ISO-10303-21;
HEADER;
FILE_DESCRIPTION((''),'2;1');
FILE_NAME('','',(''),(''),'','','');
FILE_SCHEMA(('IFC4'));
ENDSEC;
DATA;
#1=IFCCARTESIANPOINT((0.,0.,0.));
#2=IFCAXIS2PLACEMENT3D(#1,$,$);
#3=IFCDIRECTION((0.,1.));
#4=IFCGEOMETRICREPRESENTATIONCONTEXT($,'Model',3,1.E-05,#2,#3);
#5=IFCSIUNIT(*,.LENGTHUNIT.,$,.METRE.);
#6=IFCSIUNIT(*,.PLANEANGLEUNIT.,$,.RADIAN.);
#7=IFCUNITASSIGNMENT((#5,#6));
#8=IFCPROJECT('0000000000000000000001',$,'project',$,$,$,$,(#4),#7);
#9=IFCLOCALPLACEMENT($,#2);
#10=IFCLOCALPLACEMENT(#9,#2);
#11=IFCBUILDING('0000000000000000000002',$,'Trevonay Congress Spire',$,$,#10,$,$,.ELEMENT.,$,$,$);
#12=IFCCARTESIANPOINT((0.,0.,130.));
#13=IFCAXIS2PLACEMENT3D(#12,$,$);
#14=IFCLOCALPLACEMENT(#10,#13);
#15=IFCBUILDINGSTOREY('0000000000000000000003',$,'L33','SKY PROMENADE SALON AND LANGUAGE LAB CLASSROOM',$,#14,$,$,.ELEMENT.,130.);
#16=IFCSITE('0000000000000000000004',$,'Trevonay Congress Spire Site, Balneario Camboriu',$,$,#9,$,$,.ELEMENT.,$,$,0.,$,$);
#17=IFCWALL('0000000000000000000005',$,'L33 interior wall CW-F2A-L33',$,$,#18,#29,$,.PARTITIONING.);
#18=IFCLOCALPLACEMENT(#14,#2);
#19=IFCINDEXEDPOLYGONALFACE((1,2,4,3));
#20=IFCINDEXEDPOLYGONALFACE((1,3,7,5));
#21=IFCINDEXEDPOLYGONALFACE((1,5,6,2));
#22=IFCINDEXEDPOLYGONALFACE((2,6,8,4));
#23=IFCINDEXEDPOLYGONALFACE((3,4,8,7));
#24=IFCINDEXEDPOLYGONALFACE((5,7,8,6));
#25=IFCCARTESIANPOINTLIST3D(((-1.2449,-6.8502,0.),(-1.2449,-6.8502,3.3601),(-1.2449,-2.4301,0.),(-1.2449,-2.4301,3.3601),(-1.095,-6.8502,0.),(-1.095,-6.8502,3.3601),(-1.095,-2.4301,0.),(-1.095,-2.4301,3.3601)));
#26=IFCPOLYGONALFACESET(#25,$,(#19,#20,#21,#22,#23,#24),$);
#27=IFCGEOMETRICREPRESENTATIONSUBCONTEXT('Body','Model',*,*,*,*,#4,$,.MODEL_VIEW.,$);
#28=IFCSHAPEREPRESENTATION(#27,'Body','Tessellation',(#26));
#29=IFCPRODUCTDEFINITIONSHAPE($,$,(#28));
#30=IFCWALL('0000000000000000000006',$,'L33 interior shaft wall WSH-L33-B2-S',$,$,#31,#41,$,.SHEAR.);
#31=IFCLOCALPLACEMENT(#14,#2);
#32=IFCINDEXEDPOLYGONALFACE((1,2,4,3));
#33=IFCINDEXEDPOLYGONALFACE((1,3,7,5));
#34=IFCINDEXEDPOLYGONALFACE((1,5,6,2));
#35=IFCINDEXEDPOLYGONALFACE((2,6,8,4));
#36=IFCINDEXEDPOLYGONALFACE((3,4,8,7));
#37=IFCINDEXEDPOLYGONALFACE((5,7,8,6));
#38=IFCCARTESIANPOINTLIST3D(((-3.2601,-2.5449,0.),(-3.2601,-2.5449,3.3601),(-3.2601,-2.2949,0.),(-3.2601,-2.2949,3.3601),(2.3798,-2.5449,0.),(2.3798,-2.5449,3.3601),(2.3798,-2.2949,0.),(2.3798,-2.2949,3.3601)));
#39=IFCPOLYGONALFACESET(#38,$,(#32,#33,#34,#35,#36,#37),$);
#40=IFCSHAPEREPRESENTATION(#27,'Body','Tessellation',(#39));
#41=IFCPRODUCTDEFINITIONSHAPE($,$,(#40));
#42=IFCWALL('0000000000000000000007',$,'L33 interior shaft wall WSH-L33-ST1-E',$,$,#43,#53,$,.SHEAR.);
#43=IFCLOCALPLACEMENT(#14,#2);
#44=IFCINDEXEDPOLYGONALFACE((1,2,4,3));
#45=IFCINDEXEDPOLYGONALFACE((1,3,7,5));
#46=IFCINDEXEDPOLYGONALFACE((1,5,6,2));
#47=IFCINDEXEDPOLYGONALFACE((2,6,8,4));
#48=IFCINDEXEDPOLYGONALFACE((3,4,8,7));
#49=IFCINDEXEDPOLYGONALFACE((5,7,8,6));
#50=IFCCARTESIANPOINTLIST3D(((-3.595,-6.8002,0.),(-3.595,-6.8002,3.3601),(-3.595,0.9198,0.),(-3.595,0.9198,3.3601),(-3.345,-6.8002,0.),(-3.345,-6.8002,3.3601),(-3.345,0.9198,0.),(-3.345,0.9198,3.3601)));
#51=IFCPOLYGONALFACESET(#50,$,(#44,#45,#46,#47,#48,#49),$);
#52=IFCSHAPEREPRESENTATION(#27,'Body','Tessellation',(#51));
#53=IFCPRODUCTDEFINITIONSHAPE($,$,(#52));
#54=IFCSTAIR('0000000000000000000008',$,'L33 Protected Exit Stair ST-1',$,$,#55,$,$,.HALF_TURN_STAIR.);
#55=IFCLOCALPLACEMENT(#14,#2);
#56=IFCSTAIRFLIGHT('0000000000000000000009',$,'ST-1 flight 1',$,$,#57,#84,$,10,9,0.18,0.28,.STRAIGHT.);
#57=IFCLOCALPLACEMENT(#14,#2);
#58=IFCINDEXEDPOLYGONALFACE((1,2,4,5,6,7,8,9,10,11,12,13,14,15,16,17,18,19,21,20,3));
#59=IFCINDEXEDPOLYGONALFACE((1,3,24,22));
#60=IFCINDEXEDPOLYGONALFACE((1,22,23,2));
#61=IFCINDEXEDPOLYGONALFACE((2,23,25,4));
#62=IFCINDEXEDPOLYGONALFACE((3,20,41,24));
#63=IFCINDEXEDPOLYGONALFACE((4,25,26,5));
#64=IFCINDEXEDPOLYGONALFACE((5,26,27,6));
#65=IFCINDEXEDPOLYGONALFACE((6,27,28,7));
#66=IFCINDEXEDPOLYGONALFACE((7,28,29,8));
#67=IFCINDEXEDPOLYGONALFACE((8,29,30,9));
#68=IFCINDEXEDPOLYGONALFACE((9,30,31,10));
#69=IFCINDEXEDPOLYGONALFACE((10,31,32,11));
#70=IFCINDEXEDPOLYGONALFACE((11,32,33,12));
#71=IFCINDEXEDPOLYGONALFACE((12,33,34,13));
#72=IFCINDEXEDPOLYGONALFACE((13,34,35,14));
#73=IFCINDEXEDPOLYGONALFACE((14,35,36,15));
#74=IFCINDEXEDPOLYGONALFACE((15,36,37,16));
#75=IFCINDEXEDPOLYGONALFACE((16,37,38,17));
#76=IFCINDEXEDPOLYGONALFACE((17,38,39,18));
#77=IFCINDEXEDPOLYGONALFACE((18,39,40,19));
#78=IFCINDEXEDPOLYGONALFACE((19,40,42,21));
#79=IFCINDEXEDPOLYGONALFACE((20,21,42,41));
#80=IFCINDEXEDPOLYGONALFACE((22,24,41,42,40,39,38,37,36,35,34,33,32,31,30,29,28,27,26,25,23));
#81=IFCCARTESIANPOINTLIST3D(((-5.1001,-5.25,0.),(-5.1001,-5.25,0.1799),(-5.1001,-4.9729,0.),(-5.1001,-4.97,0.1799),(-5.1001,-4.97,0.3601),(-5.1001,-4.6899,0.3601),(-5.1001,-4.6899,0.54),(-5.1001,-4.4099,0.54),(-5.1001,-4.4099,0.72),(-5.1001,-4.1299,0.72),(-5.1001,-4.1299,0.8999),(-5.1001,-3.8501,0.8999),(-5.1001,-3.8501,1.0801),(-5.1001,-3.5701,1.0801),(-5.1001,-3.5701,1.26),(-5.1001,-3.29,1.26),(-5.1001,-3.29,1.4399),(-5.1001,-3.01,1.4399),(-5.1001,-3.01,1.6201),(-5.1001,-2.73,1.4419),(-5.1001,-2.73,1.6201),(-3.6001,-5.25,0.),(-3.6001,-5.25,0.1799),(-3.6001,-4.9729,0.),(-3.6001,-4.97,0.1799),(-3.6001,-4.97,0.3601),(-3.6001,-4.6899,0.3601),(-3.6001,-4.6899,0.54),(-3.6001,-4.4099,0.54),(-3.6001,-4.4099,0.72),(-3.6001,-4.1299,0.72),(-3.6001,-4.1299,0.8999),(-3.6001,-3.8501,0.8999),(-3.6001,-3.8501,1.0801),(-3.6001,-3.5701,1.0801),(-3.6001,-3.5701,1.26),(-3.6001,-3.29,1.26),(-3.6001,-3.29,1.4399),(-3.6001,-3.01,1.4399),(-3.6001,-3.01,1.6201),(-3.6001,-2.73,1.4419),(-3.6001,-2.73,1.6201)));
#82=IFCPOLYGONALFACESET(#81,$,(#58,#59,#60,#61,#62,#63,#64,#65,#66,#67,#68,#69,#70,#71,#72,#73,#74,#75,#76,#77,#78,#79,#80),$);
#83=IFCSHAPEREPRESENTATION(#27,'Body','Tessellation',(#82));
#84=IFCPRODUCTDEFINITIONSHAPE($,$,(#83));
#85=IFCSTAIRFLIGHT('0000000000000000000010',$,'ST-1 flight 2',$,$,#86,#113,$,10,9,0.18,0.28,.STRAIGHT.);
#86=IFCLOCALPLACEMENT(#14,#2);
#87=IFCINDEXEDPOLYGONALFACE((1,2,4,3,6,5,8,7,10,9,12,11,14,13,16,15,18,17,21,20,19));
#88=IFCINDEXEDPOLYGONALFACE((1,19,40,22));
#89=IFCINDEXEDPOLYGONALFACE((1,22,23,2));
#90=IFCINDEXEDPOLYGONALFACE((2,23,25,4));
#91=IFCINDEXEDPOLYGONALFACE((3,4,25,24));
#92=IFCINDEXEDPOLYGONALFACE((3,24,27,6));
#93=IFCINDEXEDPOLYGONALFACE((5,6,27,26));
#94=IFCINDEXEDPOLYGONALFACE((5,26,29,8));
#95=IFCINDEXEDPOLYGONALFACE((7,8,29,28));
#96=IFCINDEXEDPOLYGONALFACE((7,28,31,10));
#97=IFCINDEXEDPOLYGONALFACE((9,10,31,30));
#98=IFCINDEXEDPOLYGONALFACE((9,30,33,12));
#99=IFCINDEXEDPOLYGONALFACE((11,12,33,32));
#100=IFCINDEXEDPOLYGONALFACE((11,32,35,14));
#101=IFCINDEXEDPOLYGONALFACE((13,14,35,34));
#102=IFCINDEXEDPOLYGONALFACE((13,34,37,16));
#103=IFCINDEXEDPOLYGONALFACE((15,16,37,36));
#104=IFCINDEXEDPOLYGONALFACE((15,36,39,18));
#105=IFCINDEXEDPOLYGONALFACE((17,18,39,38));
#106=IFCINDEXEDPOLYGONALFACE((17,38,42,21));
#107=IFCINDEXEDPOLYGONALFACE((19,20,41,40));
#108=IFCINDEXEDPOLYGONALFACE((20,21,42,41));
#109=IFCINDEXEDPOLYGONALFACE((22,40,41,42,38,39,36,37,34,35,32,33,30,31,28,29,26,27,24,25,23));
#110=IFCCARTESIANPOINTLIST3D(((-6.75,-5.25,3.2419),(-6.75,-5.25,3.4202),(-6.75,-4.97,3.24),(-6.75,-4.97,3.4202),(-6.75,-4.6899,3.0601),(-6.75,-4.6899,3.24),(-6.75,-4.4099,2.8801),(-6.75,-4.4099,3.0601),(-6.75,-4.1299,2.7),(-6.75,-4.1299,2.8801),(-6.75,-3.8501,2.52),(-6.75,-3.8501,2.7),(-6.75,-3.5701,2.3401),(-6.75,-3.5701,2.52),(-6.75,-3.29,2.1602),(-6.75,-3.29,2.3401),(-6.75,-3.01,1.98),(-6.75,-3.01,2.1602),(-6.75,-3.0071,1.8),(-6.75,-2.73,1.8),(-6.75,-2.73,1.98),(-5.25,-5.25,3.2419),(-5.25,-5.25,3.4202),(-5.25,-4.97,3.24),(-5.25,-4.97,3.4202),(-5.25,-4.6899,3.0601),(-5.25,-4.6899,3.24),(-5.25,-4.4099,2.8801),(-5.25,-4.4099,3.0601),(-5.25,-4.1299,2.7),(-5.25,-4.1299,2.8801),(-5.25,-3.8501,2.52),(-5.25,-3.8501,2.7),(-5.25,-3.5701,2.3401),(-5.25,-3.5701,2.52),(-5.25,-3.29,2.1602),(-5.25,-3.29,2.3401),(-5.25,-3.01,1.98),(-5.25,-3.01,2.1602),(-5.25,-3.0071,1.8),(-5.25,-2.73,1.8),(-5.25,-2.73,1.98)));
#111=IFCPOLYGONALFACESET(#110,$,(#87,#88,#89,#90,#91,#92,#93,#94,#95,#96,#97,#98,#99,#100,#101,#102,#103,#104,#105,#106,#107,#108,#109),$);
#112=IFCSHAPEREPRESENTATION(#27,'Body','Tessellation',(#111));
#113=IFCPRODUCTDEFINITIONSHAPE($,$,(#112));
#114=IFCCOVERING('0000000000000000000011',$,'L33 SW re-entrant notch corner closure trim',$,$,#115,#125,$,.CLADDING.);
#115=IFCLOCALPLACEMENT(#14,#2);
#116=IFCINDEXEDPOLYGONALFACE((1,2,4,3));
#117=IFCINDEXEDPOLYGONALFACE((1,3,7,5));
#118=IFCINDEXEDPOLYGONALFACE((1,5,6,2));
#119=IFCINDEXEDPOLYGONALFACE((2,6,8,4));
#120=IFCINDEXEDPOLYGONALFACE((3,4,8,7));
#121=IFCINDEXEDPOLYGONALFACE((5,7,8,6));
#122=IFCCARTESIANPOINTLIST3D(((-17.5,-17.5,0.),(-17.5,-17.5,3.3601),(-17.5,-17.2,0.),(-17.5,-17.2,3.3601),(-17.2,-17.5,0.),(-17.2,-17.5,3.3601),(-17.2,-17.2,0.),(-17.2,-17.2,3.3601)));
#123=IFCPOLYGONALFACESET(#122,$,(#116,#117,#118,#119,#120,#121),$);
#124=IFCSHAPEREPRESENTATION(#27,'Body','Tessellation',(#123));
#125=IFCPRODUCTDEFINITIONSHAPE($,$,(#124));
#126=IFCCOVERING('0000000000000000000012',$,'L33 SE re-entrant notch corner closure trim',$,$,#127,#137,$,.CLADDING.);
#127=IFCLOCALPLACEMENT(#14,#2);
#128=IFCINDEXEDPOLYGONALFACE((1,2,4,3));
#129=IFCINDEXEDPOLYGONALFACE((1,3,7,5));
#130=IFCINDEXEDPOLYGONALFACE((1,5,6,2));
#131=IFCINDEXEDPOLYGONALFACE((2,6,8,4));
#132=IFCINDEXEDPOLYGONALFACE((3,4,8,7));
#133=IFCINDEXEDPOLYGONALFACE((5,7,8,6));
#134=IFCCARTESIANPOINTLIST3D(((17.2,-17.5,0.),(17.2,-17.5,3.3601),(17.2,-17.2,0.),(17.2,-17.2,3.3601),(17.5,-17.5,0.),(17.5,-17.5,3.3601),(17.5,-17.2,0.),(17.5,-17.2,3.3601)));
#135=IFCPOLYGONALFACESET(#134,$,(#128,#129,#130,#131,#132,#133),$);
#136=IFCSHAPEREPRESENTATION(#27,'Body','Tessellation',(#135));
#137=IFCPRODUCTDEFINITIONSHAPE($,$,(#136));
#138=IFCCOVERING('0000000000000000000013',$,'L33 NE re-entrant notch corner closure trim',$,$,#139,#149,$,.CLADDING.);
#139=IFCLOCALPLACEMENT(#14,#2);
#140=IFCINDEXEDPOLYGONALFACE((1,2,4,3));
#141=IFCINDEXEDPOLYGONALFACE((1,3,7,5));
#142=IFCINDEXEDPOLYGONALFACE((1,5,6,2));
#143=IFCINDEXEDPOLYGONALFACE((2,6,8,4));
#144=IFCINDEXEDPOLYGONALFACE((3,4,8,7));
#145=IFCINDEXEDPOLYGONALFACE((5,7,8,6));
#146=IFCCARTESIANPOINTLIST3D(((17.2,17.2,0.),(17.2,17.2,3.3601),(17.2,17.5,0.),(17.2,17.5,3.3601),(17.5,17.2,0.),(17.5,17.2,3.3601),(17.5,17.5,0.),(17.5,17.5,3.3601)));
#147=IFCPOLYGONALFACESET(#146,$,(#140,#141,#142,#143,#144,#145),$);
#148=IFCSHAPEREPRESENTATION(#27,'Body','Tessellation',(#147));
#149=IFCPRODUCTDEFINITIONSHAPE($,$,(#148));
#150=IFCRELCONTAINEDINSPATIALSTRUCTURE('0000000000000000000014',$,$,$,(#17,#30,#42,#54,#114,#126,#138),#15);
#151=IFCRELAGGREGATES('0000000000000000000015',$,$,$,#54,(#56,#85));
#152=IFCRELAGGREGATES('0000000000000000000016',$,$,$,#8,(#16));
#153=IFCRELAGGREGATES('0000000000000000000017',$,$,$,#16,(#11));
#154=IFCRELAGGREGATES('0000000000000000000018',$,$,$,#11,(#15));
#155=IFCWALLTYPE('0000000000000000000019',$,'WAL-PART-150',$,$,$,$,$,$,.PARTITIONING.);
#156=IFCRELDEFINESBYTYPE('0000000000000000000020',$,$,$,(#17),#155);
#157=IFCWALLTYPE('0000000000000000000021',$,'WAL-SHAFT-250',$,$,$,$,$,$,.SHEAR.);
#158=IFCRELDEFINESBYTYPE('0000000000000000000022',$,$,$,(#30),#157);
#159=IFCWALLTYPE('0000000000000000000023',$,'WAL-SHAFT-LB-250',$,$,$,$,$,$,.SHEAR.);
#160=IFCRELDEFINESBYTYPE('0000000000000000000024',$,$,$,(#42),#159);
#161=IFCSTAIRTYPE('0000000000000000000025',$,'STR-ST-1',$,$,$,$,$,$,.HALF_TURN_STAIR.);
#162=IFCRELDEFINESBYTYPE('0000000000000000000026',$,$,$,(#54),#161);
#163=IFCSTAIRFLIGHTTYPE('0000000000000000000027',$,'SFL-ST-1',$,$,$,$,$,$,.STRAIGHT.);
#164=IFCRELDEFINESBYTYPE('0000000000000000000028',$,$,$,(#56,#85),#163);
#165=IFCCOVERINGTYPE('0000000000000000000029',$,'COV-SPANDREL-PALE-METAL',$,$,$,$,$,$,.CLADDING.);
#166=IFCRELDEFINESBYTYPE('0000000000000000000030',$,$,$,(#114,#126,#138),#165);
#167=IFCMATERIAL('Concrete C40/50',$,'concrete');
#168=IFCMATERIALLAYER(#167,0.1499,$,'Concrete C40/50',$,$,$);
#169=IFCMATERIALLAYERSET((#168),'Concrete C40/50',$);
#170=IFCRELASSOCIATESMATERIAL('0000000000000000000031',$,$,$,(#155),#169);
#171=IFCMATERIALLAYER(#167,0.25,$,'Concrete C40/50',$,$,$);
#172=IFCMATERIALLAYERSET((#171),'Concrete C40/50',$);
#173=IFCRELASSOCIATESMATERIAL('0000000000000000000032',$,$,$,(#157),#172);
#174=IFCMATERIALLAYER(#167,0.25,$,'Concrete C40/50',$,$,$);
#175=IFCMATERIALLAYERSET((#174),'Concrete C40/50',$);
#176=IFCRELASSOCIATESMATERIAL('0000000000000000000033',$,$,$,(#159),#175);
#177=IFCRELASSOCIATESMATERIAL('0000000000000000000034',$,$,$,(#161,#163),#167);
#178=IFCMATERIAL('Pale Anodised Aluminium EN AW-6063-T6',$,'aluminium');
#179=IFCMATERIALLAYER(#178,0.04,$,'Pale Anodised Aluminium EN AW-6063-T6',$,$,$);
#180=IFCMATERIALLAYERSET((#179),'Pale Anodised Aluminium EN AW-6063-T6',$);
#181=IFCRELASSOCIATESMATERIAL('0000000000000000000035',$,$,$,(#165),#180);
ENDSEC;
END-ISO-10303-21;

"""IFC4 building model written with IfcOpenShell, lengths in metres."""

from ifc_helpers import new_model, si_unit, direction, frame, frame_2d, origin, place, context, subcontext, project, spatial, polyline, rectangle, outline, extrude, material, layer, layer_set, type_object, element, aggregate, save


model = new_model("IFC4")

# Units and contexts
model_context = context("Model", 3, precision=1e-05, world=origin(), true_north=direction((0.0, 1.0)))
body_context = subcontext(model_context, "Body", "Model", "MODEL_VIEW")
ifc_project = project(units=[si_unit("LENGTHUNIT", "METRE"), si_unit("PLANEANGLEUNIT", "RADIAN")], contexts=[model_context])

# Site, building, storey
site_placement = place(None, origin())
site = spatial("IfcSite", under=ifc_project, at=site_placement, Name="Trevonay Congress Spire Site, Balneario Camboriu", CompositionType="ELEMENT", RefElevation=0.0)
building_placement = place(site_placement, origin())
building = spatial("IfcBuilding", under=site, at=building_placement, Name="Trevonay Congress Spire", CompositionType="ELEMENT")
storey_placement = place(building_placement, frame((0.0, 0.0, 130.0)))
storey = spatial("IfcBuildingStorey", under=building, at=storey_placement, Name="L33", Description="SKY PROMENADE SALON AND LANGUAGE LAB CLASSROOM", CompositionType="ELEMENT", Elevation=130.0)

# Shared definitions
ifc_material_1 = material(Name="Concrete C40/50", Category="concrete")

# Walls
ifc_layer_1 = layer(ifc_material_1, 0.1499, Name="Concrete C40/50")
ifc_layer_set_1 = layer_set([ifc_layer_1], Name="Concrete C40/50")
wall_type_1 = type_object("IfcWallType", Name="WAL-PART-150", PredefinedType="PARTITIONING", material=ifc_layer_set_1)
wall_1_placement = place(storey_placement, frame((-1.1699, -6.8501, 0.0), z_axis=(0.0, 0.0, 1.0), x_axis=(0.0, 1.0, 0.0)))
element("IfcWall", 1, at=wall_1_placement, inside=storey, type_object=wall_type_1, Name="L33 interior wall CW-F2A-L33", PredefinedType="PARTITIONING", context=body_context, shape_type="SweptSolid", body=[
    extrude(rectangle(XDim=4.4202, YDim=0.1499, at=frame_2d((2.21, 0.0))), origin(), (0.0, 0.0, 1.0), 3.3601),
])
ifc_layer_2 = layer(ifc_material_1, 0.25, Name="Concrete C40/50")
ifc_layer_set_2 = layer_set([ifc_layer_2], Name="Concrete C40/50")
wall_type_2 = type_object("IfcWallType", Name="WAL-SHAFT-250", PredefinedType="SHEAR", material=ifc_layer_set_2)
wall_2_placement = place(storey_placement, frame((-3.26, -2.4199, 0.0), z_axis=(0.0, 0.0, 1.0), x_axis=(1.0, 0.0, 0.0)))
element("IfcWall", 2, at=wall_2_placement, inside=storey, type_object=wall_type_2, Name="L33 interior shaft wall WSH-L33-B2-S", PredefinedType="SHEAR", context=body_context, shape_type="SweptSolid", body=[
    extrude(rectangle(XDim=5.6399, YDim=0.25, at=frame_2d((2.8198, 0.0))), origin(), (0.0, 0.0, 1.0), 3.3601),
])
ifc_layer_3 = layer(ifc_material_1, 0.25, Name="Concrete C40/50")
ifc_layer_set_3 = layer_set([ifc_layer_3], Name="Concrete C40/50")
wall_type_3 = type_object("IfcWallType", Name="WAL-SHAFT-LB-250", PredefinedType="SHEAR", material=ifc_layer_set_3)
wall_3_placement = place(storey_placement, frame((-3.47, -6.8, 0.0), z_axis=(0.0, 0.0, 1.0), x_axis=(0.0, 1.0, 0.0)))
element("IfcWall", 3, at=wall_3_placement, inside=storey, type_object=wall_type_3, Name="L33 interior shaft wall WSH-L33-ST1-E", PredefinedType="SHEAR", context=body_context, shape_type="SweptSolid", body=[
    extrude(rectangle(XDim=7.72, YDim=0.25, at=frame_2d((3.8599, 0.0))), origin(), (0.0, 0.0, 1.0), 3.3601),
])

# Stair, stair flights
stair_type = type_object("IfcStairType", Name="STR-ST-1", PredefinedType="HALF_TURN_STAIR", material=ifc_material_1)
stair_placement = place(storey_placement, origin())
stair = element("IfcStair", 4, at=stair_placement, inside=storey, type_object=stair_type, Name="L33 Protected Exit Stair ST-1", PredefinedType="HALF_TURN_STAIR")
stair_flight_type = type_object("IfcStairFlightType", Name="SFL-ST-1", PredefinedType="STRAIGHT", material=ifc_material_1)
stair_flight_1_placement = place(storey_placement, frame((-4.3501, -5.25, 0.0), z_axis=(0.0, 0.0, 1.0), x_axis=(0.0, 1.0, 0.0)))
stair_flight_1 = element("IfcStairFlight", 5, at=stair_flight_1_placement, type_object=stair_flight_type, Name="ST-1 flight 1", NumberOfRisers=10, NumberOfTreads=9, PredefinedType="STRAIGHT", RiserHeight=0.18, TreadLength=0.28, context=body_context, shape_type="SweptSolid", body=[
    extrude(outline(polyline([(0.0, 0.0), (0.0, 0.1799), (0.28, 0.1799), (0.28, 0.3601), (0.5601, 0.3601), (0.5601, 0.54), (0.8401, 0.54), (0.8401, 0.72), (1.1201, 0.72), (1.1201, 0.8999), (1.3999, 0.8999), (1.3999, 1.0801), (1.6799, 1.0801), (1.6799, 1.26), (1.96, 1.26), (1.96, 1.4399), (2.24, 1.4399), (2.24, 1.6201), (2.52, 1.6201), (2.52, 1.8), (2.52, 1.4419), (0.2771, 0.0), (0.0, 0.0)])), frame((0.0, 0.75, 0.0), z_axis=(0.0, -1.0, 0.0), x_axis=(1.0, 0.0, 0.0)), (0.0, 0.0, 1.0), 1.5),
])
stair_flight_2_placement = place(storey_placement, frame((-6.0, -2.73, 1.8), z_axis=(0.0, 0.0, 1.0), x_axis=(0.0, -1.0, 0.0)))
stair_flight_2 = element("IfcStairFlight", 6, at=stair_flight_2_placement, type_object=stair_flight_type, Name="ST-1 flight 2", NumberOfRisers=10, NumberOfTreads=9, PredefinedType="STRAIGHT", RiserHeight=0.18, TreadLength=0.28, context=body_context, shape_type="SweptSolid", body=[
    extrude(outline(polyline([(0.0, 0.0), (0.0, 0.1799), (0.28, 0.1799), (0.28, 0.3601), (0.5601, 0.3601), (0.5601, 0.54), (0.8401, 0.54), (0.8401, 0.72), (1.1201, 0.72), (1.1201, 0.8999), (1.3999, 0.8999), (1.3999, 1.0801), (1.6799, 1.0801), (1.6799, 1.26), (1.96, 1.26), (1.96, 1.4399), (2.24, 1.4399), (2.24, 1.6201), (2.52, 1.6201), (2.52, 1.8), (2.52, 1.4419), (0.2771, 0.0), (0.0, 0.0)])), frame((0.0, 0.75, 0.0), z_axis=(0.0, -1.0, 0.0), x_axis=(1.0, 0.0, 0.0)), (0.0, 0.0, 1.0), 1.5),
])
aggregate(stair, [stair_flight_1, stair_flight_2])

# Coverings
ifc_material_2 = material(Name="Pale Anodised Aluminium EN AW-6063-T6", Category="aluminium")
ifc_layer_4 = layer(ifc_material_2, 0.04, Name="Pale Anodised Aluminium EN AW-6063-T6")
ifc_layer_set_4 = layer_set([ifc_layer_4], Name="Pale Anodised Aluminium EN AW-6063-T6")
covering_type = type_object("IfcCoveringType", Name="COV-SPANDREL-PALE-METAL", PredefinedType="CLADDING", material=ifc_layer_set_4)
covering_1_placement = place(storey_placement, origin())
element("IfcCovering", 7, at=covering_1_placement, inside=storey, type_object=covering_type, Name="L33 SW re-entrant notch corner closure trim", PredefinedType="CLADDING", context=body_context, shape_type="SweptSolid", body=[
    extrude(outline(polyline([(-17.5, -17.5), (-17.2, -17.5), (-17.2, -17.2), (-17.5, -17.2), (-17.5, -17.5)])), origin(), (0.0, 0.0, 1.0), 3.3601),
])
covering_2_placement = place(storey_placement, origin())
element("IfcCovering", 8, at=covering_2_placement, inside=storey, type_object=covering_type, Name="L33 SE re-entrant notch corner closure trim", PredefinedType="CLADDING", context=body_context, shape_type="SweptSolid", body=[
    extrude(outline(polyline([(17.2, -17.5), (17.5, -17.5), (17.5, -17.2), (17.2, -17.2), (17.2, -17.5)])), origin(), (0.0, 0.0, 1.0), 3.3601),
])
covering_3_placement = place(storey_placement, origin())
element("IfcCovering", 9, at=covering_3_placement, inside=storey, type_object=covering_type, Name="L33 NE re-entrant notch corner closure trim", PredefinedType="CLADDING", context=body_context, shape_type="SweptSolid", body=[
    extrude(outline(polyline([(17.2, 17.2), (17.5, 17.2), (17.5, 17.5), (17.2, 17.5), (17.2, 17.2)])), origin(), (0.0, 0.0, 1.0), 3.3601),
])

save(model, "model.ifc")
